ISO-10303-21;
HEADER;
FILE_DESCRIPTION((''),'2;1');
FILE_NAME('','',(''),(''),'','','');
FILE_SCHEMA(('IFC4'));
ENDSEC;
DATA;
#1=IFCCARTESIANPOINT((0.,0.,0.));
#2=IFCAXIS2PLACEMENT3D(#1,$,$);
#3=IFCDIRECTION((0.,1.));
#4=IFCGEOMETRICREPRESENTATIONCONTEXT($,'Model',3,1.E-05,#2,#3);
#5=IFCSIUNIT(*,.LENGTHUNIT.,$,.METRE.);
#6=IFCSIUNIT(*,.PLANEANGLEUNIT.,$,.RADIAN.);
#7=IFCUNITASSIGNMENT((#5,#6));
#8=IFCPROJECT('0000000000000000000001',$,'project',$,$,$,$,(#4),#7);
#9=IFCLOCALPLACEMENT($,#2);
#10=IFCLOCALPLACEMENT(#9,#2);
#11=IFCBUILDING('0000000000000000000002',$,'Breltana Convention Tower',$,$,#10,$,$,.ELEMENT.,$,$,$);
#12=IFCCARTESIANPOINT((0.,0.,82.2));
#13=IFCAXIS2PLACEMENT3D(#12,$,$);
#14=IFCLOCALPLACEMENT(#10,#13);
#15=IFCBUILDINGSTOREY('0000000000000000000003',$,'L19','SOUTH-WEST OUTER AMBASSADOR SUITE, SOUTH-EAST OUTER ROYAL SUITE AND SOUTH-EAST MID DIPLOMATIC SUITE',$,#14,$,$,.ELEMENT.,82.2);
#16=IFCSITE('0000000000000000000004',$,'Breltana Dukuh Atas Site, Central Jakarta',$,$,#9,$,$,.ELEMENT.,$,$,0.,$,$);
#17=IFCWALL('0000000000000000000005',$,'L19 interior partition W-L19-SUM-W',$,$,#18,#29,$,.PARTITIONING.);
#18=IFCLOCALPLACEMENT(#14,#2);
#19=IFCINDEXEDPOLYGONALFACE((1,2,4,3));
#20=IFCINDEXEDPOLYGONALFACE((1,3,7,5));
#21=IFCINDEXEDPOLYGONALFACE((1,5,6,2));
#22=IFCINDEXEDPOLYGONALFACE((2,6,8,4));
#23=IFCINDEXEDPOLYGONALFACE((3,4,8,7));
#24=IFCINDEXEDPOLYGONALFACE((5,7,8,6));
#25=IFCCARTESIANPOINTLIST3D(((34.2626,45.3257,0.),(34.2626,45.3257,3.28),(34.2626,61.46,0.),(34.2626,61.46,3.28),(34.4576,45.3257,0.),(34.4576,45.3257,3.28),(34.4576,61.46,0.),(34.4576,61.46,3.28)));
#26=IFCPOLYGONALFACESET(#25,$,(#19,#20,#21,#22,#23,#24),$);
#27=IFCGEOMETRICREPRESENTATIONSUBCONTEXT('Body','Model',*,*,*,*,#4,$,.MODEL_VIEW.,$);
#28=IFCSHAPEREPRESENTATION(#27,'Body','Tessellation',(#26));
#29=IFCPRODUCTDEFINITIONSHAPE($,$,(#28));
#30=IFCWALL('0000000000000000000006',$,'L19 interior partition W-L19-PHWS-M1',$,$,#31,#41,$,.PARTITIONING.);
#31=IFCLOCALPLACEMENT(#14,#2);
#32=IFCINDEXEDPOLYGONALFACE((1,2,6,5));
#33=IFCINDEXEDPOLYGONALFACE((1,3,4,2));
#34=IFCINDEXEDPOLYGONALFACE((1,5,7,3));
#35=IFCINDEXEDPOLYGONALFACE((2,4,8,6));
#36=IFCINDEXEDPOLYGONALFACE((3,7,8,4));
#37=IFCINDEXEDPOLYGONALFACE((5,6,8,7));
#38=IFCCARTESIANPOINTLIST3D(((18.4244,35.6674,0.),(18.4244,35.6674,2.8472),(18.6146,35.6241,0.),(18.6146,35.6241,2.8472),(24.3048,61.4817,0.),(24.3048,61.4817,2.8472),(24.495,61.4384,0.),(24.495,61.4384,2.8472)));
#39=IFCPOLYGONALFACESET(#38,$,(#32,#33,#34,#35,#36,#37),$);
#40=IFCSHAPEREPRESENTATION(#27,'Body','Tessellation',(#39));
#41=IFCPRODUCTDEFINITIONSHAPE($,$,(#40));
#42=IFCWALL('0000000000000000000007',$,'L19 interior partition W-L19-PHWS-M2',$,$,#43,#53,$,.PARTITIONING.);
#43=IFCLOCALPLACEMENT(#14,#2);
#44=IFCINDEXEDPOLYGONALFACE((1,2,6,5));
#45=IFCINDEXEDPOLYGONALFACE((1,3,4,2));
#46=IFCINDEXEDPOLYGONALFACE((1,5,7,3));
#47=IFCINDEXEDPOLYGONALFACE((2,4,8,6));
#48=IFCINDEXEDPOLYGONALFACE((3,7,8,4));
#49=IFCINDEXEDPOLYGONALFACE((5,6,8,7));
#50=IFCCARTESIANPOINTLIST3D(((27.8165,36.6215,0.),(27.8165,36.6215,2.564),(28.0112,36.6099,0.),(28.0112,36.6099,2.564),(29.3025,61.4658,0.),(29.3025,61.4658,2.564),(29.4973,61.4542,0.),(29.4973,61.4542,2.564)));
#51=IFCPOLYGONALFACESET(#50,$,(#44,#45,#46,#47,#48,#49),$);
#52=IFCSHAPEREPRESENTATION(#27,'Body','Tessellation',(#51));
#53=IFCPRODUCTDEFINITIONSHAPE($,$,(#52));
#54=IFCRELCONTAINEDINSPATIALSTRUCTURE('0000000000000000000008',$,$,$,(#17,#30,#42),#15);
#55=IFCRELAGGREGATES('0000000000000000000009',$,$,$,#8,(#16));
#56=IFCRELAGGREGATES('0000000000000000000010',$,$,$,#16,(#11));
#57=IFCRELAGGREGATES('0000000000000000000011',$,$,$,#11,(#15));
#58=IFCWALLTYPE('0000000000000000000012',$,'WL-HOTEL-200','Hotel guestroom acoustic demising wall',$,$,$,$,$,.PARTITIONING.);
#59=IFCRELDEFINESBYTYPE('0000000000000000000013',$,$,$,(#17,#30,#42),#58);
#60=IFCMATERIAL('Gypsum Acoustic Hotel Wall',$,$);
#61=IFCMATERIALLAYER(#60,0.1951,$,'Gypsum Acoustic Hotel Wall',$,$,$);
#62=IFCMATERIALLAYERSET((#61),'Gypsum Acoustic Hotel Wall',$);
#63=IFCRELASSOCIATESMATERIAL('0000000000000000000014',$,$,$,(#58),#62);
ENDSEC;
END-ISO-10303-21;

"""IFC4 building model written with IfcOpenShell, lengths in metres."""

from ifc_helpers import new_model, si_unit, direction, frame, frame_2d, origin, place, context, subcontext, project, spatial, rectangle, extrude, source, transform, mapped, material, layer, layer_set, type_object, element, save


model = new_model("IFC4")

# Units and contexts
model_context = context("Model", 3, precision=1e-05, world=origin(), true_north=direction((0.0, 1.0)))
body_context = subcontext(model_context, "Body", "Model", "MODEL_VIEW")
ifc_project = project(units=[si_unit("LENGTHUNIT", "METRE"), si_unit("PLANEANGLEUNIT", "RADIAN")], contexts=[model_context])

# Site, building, storey
site_placement = place(None, origin())
site = spatial("IfcSite", under=ifc_project, at=site_placement, Name="Breltana Dukuh Atas Site, Central Jakarta", CompositionType="ELEMENT", RefElevation=0.0)
building_placement = place(site_placement, origin())
building = spatial("IfcBuilding", under=site, at=building_placement, Name="Breltana Convention Tower", CompositionType="ELEMENT")
storey_placement = place(building_placement, frame((0.0, 0.0, 82.2)))
storey = spatial("IfcBuildingStorey", under=building, at=storey_placement, Name="L19", Description="SOUTH-WEST OUTER AMBASSADOR SUITE, SOUTH-EAST OUTER ROYAL SUITE AND SOUTH-EAST MID DIPLOMATIC SUITE", CompositionType="ELEMENT", Elevation=82.2)

# Walls
ifc_material_1 = material(Name="Gypsum Acoustic Hotel Wall")
ifc_layer_1 = layer(ifc_material_1, 0.1951, Name="Gypsum Acoustic Hotel Wall")
ifc_layer_set_1 = layer_set([ifc_layer_1], Name="Gypsum Acoustic Hotel Wall")
wall_type_1 = type_object("IfcWallType", Name="WL-HOTEL-200", Description="Hotel guestroom acoustic demising wall", PredefinedType="PARTITIONING", material=ifc_layer_set_1)
shared_shape_1 = source(origin(), body_context, "Body", "SweptSolid", [
    extrude(rectangle(XDim=16.1343, YDim=0.1951, at=frame_2d((8.0671, 0.0))), origin(), (0.0, 0.0, 1.0), 3.28),
])
wall_1_placement = place(storey_placement, frame((34.3601, 45.3257, 0.0), z_axis=(0.0, 0.0, 1.0), x_axis=(0.0, 1.0, 0.0)))
element("IfcWall", 1, at=wall_1_placement, inside=storey, type_object=wall_type_1, Name="L19 interior partition W-L19-SUM-W", PredefinedType="PARTITIONING", context=body_context, shape_type="MappedRepresentation", body=[
    mapped(shared_shape_1, transform((0.0, 0.0, 0.0), scale=1.0)),
])
shared_shape_2 = source(origin(), body_context, "Body", "SweptSolid", [
    extrude(rectangle(XDim=26.4756, YDim=0.1951, at=frame_2d((13.2378, 0.0))), origin(), (0.0, 0.0, 1.0), 2.8472),
])
wall_2_placement = place(storey_placement, frame((18.5195, 35.6458, 0.0), z_axis=(0.0, 0.0, 1.0), x_axis=(0.222106, 0.975022, 0.0)))
element("IfcWall", 2, at=wall_2_placement, inside=storey, type_object=wall_type_1, Name="L19 interior partition W-L19-PHWS-M1", PredefinedType="PARTITIONING", context=body_context, shape_type="MappedRepresentation", body=[
    mapped(shared_shape_2, transform((0.0, 0.0, 0.0), scale=1.0)),
])
shared_shape_3 = source(origin(), body_context, "Body", "SweptSolid", [
    extrude(rectangle(XDim=24.8887, YDim=0.1951, at=frame_2d((12.4443, 0.0))), origin(), (0.0, 0.0, 1.0), 2.564),
])
wall_3_placement = place(storey_placement, frame((27.9138, 36.6157, 0.0), z_axis=(0.0, 0.0, 1.0), x_axis=(0.059709, 0.998216, 0.0)))
element("IfcWall", 3, at=wall_3_placement, inside=storey, type_object=wall_type_1, Name="L19 interior partition W-L19-PHWS-M2", PredefinedType="PARTITIONING", context=body_context, shape_type="MappedRepresentation", body=[
    mapped(shared_shape_3, transform((0.0, 0.0, 0.0), scale=1.0)),
])

save(model, "model.ifc")
